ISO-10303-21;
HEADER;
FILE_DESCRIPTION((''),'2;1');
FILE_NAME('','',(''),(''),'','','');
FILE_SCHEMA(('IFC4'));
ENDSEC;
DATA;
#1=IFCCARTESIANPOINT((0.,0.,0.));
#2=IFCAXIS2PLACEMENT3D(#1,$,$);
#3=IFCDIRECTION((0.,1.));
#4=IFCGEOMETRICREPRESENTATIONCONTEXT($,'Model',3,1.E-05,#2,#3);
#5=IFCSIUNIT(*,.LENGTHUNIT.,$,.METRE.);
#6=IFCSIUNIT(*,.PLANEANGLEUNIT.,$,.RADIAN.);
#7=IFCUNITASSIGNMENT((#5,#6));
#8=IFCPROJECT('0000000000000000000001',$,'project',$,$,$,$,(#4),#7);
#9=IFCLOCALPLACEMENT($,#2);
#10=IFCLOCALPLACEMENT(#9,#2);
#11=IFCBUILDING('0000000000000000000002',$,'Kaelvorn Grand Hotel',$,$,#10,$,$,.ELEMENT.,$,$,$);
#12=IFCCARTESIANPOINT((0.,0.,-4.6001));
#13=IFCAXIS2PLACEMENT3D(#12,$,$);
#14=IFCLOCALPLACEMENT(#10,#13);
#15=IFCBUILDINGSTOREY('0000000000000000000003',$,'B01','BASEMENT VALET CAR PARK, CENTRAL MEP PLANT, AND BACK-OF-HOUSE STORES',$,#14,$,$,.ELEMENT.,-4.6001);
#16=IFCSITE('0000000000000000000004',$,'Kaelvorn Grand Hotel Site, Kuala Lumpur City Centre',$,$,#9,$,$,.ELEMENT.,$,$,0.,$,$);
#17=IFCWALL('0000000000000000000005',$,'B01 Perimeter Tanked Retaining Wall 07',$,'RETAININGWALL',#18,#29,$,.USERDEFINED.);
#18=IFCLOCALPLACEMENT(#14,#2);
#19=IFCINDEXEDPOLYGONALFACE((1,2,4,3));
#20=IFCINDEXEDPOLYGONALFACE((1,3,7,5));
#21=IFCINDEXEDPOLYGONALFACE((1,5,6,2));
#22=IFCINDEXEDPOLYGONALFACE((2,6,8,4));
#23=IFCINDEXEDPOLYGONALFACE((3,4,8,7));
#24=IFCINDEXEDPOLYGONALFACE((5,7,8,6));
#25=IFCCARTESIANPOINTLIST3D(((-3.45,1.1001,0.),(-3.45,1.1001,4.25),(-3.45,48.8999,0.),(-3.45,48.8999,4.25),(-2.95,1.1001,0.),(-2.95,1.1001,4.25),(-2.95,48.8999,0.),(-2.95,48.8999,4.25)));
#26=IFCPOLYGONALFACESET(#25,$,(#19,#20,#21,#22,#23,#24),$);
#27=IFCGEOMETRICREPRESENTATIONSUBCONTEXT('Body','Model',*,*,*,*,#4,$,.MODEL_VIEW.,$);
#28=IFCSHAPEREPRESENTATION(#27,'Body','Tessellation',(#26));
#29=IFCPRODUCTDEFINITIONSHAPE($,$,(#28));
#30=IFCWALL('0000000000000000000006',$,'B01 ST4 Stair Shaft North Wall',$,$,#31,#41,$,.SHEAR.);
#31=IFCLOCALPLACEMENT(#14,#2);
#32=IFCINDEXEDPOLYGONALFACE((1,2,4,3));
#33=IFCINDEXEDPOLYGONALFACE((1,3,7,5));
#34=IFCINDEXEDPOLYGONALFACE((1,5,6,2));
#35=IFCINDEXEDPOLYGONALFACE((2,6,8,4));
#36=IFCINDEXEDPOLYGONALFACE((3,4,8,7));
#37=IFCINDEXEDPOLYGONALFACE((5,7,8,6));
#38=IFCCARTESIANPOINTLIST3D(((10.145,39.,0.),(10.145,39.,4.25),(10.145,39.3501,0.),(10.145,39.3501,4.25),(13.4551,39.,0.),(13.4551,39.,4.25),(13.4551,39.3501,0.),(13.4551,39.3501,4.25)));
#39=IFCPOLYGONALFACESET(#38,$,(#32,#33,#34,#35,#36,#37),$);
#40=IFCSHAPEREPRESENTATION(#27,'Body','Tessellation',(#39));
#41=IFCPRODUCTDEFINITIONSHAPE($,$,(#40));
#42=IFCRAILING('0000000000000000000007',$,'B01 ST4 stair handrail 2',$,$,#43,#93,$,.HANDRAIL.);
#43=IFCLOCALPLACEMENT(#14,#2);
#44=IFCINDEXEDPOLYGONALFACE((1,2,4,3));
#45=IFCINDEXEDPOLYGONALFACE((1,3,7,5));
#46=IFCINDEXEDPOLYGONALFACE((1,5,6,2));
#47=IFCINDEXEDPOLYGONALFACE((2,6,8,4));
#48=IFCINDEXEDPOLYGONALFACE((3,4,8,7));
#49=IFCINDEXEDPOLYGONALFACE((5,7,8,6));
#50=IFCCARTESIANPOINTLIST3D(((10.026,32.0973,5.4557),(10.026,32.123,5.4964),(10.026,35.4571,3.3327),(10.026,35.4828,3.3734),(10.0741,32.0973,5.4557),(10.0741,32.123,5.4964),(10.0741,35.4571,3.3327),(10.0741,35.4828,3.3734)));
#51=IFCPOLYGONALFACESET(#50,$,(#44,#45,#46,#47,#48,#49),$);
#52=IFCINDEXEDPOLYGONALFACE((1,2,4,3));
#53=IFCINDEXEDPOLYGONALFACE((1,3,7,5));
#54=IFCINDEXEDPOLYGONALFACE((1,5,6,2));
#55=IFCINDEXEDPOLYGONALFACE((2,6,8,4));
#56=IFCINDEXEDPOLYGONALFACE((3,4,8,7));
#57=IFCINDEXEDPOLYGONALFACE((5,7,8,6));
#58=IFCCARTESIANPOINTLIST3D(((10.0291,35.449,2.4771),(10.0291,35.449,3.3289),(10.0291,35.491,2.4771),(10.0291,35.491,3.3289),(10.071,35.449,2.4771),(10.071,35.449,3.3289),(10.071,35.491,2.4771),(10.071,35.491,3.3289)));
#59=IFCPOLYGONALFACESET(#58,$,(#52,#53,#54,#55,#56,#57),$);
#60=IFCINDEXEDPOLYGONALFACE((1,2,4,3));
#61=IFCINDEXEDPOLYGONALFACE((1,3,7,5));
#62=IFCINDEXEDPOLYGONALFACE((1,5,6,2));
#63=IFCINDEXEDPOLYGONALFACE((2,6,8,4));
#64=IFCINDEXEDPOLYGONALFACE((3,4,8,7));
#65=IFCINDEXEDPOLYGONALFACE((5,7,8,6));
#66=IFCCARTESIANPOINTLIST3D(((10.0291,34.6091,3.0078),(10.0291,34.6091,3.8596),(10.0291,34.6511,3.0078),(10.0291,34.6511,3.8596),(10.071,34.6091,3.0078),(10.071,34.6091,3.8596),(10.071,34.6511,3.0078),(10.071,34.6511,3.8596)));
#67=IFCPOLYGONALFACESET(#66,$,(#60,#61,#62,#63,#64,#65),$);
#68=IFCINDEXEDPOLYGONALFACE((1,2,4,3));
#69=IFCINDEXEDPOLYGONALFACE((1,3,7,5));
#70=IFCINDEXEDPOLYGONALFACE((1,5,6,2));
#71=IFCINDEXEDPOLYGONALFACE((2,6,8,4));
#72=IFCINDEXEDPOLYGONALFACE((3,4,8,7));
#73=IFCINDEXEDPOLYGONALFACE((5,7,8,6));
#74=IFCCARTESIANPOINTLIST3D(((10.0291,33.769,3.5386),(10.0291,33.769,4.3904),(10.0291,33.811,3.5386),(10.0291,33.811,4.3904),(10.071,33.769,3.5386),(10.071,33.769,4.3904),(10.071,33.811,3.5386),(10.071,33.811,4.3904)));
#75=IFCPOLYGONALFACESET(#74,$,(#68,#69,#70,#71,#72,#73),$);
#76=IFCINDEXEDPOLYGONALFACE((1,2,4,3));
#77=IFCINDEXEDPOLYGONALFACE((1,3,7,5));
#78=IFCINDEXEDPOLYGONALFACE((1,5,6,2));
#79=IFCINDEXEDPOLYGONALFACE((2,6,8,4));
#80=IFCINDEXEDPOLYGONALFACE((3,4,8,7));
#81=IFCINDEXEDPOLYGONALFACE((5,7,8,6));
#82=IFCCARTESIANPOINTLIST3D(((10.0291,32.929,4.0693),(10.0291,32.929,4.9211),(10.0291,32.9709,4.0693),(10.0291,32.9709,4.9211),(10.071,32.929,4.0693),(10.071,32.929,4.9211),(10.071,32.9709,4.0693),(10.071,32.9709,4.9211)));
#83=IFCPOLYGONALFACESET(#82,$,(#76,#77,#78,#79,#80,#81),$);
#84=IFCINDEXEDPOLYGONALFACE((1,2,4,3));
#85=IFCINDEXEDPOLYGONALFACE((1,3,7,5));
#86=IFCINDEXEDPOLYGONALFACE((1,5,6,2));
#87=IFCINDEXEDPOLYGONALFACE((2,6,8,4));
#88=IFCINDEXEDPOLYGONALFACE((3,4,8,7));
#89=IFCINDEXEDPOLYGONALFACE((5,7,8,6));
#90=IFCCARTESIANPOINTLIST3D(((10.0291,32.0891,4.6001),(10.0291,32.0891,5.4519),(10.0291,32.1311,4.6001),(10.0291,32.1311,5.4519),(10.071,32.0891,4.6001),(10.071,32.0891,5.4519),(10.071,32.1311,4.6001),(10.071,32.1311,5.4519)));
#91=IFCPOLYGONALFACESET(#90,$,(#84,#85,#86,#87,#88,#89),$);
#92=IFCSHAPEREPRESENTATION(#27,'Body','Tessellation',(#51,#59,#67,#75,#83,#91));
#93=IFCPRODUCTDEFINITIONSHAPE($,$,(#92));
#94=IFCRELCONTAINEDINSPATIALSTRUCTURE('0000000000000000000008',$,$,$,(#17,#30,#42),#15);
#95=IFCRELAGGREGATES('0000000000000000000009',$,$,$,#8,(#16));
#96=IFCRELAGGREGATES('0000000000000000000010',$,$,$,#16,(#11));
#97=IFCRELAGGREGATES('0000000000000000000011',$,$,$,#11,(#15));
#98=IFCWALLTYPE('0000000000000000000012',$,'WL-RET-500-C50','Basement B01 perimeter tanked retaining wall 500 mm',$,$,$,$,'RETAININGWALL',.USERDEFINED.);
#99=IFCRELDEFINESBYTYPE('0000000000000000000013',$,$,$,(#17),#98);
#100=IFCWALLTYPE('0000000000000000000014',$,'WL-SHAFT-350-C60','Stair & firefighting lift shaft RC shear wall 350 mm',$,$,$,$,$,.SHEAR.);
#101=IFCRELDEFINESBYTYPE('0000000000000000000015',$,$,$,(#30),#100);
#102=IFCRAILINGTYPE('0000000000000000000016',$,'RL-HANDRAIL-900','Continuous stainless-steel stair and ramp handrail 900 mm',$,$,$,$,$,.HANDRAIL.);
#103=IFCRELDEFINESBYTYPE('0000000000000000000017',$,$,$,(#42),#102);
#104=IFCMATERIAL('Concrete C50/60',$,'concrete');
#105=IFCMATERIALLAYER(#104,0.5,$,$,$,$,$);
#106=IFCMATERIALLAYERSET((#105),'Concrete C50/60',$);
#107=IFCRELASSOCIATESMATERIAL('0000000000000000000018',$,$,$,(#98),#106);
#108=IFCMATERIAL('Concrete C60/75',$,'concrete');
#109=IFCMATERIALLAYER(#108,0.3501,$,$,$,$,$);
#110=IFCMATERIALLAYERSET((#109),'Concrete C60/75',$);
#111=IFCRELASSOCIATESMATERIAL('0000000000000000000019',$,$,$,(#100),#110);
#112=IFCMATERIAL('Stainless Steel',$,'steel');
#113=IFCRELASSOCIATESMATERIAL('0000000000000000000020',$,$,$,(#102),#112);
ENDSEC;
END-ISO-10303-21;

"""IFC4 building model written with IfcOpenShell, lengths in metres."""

from ifc_helpers import new_model, si_unit, direction, frame, frame_2d, origin, origin_2d, place, context, subcontext, project, spatial, rectangle, extrude, material, layer, layer_set, type_object, element, save


model = new_model("IFC4")

# Units and contexts
model_context = context("Model", 3, precision=1e-05, world=origin(), true_north=direction((0.0, 1.0)))
body_context = subcontext(model_context, "Body", "Model", "MODEL_VIEW")
ifc_project = project(units=[si_unit("LENGTHUNIT", "METRE"), si_unit("PLANEANGLEUNIT", "RADIAN")], contexts=[model_context])

# Site, building, storey
site_placement = place(None, origin())
site = spatial("IfcSite", under=ifc_project, at=site_placement, Name="Kaelvorn Grand Hotel Site, Kuala Lumpur City Centre", CompositionType="ELEMENT", RefElevation=0.0)
building_placement = place(site_placement, origin())
building = spatial("IfcBuilding", under=site, at=building_placement, Name="Kaelvorn Grand Hotel", CompositionType="ELEMENT")
storey_placement = place(building_placement, frame((0.0, 0.0, -4.6001)))
storey = spatial("IfcBuildingStorey", under=building, at=storey_placement, Name="B01", Description="BASEMENT VALET CAR PARK, CENTRAL MEP PLANT, AND BACK-OF-HOUSE STORES", CompositionType="ELEMENT", Elevation=-4.6001)

# Shared definitions
ifc_material_1 = material(Name="Concrete C60/75", Category="concrete")

# Walls
ifc_material_2 = material(Name="Concrete C50/60", Category="concrete")
ifc_layer_1 = layer(ifc_material_2, 0.5)
ifc_layer_set_1 = layer_set([ifc_layer_1], Name="Concrete C50/60")
wall_type_1 = type_object("IfcWallType", Name="WL-RET-500-C50", Description="Basement B01 perimeter tanked retaining wall 500 mm", ElementType="RETAININGWALL", PredefinedType="USERDEFINED", material=ifc_layer_set_1)
wall_1_placement = place(storey_placement, frame((-3.2, 48.8999, 0.0), z_axis=(0.0, 0.0, 1.0), x_axis=(0.0, -1.0, 0.0)))
element("IfcWall", 1, at=wall_1_placement, inside=storey, type_object=wall_type_1, Name="B01 Perimeter Tanked Retaining Wall 07", ObjectType="RETAININGWALL", PredefinedType="USERDEFINED", context=body_context, shape_type="SweptSolid", body=[
    extrude(rectangle(XDim=47.7998, YDim=0.5, at=frame_2d((23.8999, 0.0))), origin(), (0.0, 0.0, 1.0), 4.25),
])
ifc_layer_2 = layer(ifc_material_1, 0.3501)
ifc_layer_set_2 = layer_set([ifc_layer_2], Name="Concrete C60/75")
wall_type_2 = type_object("IfcWallType", Name="WL-SHAFT-350-C60", Description="Stair & firefighting lift shaft RC shear wall 350 mm", PredefinedType="SHEAR", material=ifc_layer_set_2)
wall_2_placement = place(storey_placement, frame((10.145, 39.175, 0.0), z_axis=(0.0, 0.0, 1.0), x_axis=(1.0, 0.0, 0.0)))
element("IfcWall", 2, at=wall_2_placement, inside=storey, type_object=wall_type_2, Name="B01 ST4 Stair Shaft North Wall", PredefinedType="SHEAR", context=body_context, shape_type="SweptSolid", body=[
    extrude(rectangle(XDim=3.3101, YDim=0.3501, at=frame_2d((1.655, 0.0))), origin(), (0.0, 0.0, 1.0), 4.25),
])

# Railing
ifc_material_3 = material(Name="Stainless Steel", Category="steel")
railing_type_1 = type_object("IfcRailingType", Name="RL-HANDRAIL-900", Description="Continuous stainless-steel stair and ramp handrail 900 mm", PredefinedType="HANDRAIL", material=ifc_material_3)
railing_1_placement = place(storey_placement, frame((10.05, 35.47, 2.4771)))
element("IfcRailing", 3, at=railing_1_placement, inside=storey, type_object=railing_type_1, Name="B01 ST4 stair handrail 2", PredefinedType="HANDRAIL", context=body_context, shape_type="SweptSolid", body=[
    extrude(rectangle(XDim=0.0481, YDim=0.0481, at=origin_2d()), frame((0.0, 0.0, 0.876), z_axis=(0.0, -0.845372, 0.534178), x_axis=(1.0, 0.0, 0.0)), (0.0, 0.0, 1.0), 3.9744),
    extrude(rectangle(XDim=0.042, YDim=0.042, at=origin_2d()), origin(), (0.0, 0.0, 1.0), 0.8518),
    extrude(rectangle(XDim=0.042, YDim=0.042, at=origin_2d()), frame((0.0, -0.8398, 0.5308)), (0.0, 0.0, 1.0), 0.8518),
    extrude(rectangle(XDim=0.042, YDim=0.042, at=origin_2d()), frame((0.0, -1.6799, 1.0615)), (0.0, 0.0, 1.0), 0.8518),
    extrude(rectangle(XDim=0.042, YDim=0.042, at=origin_2d()), frame((0.0, -2.52, 1.5923)), (0.0, 0.0, 1.0), 0.8518),
    extrude(rectangle(XDim=0.042, YDim=0.042, at=origin_2d()), frame((0.0, -3.3599, 2.123)), (0.0, 0.0, 1.0), 0.8518),
])

save(model, "model.ifc")
